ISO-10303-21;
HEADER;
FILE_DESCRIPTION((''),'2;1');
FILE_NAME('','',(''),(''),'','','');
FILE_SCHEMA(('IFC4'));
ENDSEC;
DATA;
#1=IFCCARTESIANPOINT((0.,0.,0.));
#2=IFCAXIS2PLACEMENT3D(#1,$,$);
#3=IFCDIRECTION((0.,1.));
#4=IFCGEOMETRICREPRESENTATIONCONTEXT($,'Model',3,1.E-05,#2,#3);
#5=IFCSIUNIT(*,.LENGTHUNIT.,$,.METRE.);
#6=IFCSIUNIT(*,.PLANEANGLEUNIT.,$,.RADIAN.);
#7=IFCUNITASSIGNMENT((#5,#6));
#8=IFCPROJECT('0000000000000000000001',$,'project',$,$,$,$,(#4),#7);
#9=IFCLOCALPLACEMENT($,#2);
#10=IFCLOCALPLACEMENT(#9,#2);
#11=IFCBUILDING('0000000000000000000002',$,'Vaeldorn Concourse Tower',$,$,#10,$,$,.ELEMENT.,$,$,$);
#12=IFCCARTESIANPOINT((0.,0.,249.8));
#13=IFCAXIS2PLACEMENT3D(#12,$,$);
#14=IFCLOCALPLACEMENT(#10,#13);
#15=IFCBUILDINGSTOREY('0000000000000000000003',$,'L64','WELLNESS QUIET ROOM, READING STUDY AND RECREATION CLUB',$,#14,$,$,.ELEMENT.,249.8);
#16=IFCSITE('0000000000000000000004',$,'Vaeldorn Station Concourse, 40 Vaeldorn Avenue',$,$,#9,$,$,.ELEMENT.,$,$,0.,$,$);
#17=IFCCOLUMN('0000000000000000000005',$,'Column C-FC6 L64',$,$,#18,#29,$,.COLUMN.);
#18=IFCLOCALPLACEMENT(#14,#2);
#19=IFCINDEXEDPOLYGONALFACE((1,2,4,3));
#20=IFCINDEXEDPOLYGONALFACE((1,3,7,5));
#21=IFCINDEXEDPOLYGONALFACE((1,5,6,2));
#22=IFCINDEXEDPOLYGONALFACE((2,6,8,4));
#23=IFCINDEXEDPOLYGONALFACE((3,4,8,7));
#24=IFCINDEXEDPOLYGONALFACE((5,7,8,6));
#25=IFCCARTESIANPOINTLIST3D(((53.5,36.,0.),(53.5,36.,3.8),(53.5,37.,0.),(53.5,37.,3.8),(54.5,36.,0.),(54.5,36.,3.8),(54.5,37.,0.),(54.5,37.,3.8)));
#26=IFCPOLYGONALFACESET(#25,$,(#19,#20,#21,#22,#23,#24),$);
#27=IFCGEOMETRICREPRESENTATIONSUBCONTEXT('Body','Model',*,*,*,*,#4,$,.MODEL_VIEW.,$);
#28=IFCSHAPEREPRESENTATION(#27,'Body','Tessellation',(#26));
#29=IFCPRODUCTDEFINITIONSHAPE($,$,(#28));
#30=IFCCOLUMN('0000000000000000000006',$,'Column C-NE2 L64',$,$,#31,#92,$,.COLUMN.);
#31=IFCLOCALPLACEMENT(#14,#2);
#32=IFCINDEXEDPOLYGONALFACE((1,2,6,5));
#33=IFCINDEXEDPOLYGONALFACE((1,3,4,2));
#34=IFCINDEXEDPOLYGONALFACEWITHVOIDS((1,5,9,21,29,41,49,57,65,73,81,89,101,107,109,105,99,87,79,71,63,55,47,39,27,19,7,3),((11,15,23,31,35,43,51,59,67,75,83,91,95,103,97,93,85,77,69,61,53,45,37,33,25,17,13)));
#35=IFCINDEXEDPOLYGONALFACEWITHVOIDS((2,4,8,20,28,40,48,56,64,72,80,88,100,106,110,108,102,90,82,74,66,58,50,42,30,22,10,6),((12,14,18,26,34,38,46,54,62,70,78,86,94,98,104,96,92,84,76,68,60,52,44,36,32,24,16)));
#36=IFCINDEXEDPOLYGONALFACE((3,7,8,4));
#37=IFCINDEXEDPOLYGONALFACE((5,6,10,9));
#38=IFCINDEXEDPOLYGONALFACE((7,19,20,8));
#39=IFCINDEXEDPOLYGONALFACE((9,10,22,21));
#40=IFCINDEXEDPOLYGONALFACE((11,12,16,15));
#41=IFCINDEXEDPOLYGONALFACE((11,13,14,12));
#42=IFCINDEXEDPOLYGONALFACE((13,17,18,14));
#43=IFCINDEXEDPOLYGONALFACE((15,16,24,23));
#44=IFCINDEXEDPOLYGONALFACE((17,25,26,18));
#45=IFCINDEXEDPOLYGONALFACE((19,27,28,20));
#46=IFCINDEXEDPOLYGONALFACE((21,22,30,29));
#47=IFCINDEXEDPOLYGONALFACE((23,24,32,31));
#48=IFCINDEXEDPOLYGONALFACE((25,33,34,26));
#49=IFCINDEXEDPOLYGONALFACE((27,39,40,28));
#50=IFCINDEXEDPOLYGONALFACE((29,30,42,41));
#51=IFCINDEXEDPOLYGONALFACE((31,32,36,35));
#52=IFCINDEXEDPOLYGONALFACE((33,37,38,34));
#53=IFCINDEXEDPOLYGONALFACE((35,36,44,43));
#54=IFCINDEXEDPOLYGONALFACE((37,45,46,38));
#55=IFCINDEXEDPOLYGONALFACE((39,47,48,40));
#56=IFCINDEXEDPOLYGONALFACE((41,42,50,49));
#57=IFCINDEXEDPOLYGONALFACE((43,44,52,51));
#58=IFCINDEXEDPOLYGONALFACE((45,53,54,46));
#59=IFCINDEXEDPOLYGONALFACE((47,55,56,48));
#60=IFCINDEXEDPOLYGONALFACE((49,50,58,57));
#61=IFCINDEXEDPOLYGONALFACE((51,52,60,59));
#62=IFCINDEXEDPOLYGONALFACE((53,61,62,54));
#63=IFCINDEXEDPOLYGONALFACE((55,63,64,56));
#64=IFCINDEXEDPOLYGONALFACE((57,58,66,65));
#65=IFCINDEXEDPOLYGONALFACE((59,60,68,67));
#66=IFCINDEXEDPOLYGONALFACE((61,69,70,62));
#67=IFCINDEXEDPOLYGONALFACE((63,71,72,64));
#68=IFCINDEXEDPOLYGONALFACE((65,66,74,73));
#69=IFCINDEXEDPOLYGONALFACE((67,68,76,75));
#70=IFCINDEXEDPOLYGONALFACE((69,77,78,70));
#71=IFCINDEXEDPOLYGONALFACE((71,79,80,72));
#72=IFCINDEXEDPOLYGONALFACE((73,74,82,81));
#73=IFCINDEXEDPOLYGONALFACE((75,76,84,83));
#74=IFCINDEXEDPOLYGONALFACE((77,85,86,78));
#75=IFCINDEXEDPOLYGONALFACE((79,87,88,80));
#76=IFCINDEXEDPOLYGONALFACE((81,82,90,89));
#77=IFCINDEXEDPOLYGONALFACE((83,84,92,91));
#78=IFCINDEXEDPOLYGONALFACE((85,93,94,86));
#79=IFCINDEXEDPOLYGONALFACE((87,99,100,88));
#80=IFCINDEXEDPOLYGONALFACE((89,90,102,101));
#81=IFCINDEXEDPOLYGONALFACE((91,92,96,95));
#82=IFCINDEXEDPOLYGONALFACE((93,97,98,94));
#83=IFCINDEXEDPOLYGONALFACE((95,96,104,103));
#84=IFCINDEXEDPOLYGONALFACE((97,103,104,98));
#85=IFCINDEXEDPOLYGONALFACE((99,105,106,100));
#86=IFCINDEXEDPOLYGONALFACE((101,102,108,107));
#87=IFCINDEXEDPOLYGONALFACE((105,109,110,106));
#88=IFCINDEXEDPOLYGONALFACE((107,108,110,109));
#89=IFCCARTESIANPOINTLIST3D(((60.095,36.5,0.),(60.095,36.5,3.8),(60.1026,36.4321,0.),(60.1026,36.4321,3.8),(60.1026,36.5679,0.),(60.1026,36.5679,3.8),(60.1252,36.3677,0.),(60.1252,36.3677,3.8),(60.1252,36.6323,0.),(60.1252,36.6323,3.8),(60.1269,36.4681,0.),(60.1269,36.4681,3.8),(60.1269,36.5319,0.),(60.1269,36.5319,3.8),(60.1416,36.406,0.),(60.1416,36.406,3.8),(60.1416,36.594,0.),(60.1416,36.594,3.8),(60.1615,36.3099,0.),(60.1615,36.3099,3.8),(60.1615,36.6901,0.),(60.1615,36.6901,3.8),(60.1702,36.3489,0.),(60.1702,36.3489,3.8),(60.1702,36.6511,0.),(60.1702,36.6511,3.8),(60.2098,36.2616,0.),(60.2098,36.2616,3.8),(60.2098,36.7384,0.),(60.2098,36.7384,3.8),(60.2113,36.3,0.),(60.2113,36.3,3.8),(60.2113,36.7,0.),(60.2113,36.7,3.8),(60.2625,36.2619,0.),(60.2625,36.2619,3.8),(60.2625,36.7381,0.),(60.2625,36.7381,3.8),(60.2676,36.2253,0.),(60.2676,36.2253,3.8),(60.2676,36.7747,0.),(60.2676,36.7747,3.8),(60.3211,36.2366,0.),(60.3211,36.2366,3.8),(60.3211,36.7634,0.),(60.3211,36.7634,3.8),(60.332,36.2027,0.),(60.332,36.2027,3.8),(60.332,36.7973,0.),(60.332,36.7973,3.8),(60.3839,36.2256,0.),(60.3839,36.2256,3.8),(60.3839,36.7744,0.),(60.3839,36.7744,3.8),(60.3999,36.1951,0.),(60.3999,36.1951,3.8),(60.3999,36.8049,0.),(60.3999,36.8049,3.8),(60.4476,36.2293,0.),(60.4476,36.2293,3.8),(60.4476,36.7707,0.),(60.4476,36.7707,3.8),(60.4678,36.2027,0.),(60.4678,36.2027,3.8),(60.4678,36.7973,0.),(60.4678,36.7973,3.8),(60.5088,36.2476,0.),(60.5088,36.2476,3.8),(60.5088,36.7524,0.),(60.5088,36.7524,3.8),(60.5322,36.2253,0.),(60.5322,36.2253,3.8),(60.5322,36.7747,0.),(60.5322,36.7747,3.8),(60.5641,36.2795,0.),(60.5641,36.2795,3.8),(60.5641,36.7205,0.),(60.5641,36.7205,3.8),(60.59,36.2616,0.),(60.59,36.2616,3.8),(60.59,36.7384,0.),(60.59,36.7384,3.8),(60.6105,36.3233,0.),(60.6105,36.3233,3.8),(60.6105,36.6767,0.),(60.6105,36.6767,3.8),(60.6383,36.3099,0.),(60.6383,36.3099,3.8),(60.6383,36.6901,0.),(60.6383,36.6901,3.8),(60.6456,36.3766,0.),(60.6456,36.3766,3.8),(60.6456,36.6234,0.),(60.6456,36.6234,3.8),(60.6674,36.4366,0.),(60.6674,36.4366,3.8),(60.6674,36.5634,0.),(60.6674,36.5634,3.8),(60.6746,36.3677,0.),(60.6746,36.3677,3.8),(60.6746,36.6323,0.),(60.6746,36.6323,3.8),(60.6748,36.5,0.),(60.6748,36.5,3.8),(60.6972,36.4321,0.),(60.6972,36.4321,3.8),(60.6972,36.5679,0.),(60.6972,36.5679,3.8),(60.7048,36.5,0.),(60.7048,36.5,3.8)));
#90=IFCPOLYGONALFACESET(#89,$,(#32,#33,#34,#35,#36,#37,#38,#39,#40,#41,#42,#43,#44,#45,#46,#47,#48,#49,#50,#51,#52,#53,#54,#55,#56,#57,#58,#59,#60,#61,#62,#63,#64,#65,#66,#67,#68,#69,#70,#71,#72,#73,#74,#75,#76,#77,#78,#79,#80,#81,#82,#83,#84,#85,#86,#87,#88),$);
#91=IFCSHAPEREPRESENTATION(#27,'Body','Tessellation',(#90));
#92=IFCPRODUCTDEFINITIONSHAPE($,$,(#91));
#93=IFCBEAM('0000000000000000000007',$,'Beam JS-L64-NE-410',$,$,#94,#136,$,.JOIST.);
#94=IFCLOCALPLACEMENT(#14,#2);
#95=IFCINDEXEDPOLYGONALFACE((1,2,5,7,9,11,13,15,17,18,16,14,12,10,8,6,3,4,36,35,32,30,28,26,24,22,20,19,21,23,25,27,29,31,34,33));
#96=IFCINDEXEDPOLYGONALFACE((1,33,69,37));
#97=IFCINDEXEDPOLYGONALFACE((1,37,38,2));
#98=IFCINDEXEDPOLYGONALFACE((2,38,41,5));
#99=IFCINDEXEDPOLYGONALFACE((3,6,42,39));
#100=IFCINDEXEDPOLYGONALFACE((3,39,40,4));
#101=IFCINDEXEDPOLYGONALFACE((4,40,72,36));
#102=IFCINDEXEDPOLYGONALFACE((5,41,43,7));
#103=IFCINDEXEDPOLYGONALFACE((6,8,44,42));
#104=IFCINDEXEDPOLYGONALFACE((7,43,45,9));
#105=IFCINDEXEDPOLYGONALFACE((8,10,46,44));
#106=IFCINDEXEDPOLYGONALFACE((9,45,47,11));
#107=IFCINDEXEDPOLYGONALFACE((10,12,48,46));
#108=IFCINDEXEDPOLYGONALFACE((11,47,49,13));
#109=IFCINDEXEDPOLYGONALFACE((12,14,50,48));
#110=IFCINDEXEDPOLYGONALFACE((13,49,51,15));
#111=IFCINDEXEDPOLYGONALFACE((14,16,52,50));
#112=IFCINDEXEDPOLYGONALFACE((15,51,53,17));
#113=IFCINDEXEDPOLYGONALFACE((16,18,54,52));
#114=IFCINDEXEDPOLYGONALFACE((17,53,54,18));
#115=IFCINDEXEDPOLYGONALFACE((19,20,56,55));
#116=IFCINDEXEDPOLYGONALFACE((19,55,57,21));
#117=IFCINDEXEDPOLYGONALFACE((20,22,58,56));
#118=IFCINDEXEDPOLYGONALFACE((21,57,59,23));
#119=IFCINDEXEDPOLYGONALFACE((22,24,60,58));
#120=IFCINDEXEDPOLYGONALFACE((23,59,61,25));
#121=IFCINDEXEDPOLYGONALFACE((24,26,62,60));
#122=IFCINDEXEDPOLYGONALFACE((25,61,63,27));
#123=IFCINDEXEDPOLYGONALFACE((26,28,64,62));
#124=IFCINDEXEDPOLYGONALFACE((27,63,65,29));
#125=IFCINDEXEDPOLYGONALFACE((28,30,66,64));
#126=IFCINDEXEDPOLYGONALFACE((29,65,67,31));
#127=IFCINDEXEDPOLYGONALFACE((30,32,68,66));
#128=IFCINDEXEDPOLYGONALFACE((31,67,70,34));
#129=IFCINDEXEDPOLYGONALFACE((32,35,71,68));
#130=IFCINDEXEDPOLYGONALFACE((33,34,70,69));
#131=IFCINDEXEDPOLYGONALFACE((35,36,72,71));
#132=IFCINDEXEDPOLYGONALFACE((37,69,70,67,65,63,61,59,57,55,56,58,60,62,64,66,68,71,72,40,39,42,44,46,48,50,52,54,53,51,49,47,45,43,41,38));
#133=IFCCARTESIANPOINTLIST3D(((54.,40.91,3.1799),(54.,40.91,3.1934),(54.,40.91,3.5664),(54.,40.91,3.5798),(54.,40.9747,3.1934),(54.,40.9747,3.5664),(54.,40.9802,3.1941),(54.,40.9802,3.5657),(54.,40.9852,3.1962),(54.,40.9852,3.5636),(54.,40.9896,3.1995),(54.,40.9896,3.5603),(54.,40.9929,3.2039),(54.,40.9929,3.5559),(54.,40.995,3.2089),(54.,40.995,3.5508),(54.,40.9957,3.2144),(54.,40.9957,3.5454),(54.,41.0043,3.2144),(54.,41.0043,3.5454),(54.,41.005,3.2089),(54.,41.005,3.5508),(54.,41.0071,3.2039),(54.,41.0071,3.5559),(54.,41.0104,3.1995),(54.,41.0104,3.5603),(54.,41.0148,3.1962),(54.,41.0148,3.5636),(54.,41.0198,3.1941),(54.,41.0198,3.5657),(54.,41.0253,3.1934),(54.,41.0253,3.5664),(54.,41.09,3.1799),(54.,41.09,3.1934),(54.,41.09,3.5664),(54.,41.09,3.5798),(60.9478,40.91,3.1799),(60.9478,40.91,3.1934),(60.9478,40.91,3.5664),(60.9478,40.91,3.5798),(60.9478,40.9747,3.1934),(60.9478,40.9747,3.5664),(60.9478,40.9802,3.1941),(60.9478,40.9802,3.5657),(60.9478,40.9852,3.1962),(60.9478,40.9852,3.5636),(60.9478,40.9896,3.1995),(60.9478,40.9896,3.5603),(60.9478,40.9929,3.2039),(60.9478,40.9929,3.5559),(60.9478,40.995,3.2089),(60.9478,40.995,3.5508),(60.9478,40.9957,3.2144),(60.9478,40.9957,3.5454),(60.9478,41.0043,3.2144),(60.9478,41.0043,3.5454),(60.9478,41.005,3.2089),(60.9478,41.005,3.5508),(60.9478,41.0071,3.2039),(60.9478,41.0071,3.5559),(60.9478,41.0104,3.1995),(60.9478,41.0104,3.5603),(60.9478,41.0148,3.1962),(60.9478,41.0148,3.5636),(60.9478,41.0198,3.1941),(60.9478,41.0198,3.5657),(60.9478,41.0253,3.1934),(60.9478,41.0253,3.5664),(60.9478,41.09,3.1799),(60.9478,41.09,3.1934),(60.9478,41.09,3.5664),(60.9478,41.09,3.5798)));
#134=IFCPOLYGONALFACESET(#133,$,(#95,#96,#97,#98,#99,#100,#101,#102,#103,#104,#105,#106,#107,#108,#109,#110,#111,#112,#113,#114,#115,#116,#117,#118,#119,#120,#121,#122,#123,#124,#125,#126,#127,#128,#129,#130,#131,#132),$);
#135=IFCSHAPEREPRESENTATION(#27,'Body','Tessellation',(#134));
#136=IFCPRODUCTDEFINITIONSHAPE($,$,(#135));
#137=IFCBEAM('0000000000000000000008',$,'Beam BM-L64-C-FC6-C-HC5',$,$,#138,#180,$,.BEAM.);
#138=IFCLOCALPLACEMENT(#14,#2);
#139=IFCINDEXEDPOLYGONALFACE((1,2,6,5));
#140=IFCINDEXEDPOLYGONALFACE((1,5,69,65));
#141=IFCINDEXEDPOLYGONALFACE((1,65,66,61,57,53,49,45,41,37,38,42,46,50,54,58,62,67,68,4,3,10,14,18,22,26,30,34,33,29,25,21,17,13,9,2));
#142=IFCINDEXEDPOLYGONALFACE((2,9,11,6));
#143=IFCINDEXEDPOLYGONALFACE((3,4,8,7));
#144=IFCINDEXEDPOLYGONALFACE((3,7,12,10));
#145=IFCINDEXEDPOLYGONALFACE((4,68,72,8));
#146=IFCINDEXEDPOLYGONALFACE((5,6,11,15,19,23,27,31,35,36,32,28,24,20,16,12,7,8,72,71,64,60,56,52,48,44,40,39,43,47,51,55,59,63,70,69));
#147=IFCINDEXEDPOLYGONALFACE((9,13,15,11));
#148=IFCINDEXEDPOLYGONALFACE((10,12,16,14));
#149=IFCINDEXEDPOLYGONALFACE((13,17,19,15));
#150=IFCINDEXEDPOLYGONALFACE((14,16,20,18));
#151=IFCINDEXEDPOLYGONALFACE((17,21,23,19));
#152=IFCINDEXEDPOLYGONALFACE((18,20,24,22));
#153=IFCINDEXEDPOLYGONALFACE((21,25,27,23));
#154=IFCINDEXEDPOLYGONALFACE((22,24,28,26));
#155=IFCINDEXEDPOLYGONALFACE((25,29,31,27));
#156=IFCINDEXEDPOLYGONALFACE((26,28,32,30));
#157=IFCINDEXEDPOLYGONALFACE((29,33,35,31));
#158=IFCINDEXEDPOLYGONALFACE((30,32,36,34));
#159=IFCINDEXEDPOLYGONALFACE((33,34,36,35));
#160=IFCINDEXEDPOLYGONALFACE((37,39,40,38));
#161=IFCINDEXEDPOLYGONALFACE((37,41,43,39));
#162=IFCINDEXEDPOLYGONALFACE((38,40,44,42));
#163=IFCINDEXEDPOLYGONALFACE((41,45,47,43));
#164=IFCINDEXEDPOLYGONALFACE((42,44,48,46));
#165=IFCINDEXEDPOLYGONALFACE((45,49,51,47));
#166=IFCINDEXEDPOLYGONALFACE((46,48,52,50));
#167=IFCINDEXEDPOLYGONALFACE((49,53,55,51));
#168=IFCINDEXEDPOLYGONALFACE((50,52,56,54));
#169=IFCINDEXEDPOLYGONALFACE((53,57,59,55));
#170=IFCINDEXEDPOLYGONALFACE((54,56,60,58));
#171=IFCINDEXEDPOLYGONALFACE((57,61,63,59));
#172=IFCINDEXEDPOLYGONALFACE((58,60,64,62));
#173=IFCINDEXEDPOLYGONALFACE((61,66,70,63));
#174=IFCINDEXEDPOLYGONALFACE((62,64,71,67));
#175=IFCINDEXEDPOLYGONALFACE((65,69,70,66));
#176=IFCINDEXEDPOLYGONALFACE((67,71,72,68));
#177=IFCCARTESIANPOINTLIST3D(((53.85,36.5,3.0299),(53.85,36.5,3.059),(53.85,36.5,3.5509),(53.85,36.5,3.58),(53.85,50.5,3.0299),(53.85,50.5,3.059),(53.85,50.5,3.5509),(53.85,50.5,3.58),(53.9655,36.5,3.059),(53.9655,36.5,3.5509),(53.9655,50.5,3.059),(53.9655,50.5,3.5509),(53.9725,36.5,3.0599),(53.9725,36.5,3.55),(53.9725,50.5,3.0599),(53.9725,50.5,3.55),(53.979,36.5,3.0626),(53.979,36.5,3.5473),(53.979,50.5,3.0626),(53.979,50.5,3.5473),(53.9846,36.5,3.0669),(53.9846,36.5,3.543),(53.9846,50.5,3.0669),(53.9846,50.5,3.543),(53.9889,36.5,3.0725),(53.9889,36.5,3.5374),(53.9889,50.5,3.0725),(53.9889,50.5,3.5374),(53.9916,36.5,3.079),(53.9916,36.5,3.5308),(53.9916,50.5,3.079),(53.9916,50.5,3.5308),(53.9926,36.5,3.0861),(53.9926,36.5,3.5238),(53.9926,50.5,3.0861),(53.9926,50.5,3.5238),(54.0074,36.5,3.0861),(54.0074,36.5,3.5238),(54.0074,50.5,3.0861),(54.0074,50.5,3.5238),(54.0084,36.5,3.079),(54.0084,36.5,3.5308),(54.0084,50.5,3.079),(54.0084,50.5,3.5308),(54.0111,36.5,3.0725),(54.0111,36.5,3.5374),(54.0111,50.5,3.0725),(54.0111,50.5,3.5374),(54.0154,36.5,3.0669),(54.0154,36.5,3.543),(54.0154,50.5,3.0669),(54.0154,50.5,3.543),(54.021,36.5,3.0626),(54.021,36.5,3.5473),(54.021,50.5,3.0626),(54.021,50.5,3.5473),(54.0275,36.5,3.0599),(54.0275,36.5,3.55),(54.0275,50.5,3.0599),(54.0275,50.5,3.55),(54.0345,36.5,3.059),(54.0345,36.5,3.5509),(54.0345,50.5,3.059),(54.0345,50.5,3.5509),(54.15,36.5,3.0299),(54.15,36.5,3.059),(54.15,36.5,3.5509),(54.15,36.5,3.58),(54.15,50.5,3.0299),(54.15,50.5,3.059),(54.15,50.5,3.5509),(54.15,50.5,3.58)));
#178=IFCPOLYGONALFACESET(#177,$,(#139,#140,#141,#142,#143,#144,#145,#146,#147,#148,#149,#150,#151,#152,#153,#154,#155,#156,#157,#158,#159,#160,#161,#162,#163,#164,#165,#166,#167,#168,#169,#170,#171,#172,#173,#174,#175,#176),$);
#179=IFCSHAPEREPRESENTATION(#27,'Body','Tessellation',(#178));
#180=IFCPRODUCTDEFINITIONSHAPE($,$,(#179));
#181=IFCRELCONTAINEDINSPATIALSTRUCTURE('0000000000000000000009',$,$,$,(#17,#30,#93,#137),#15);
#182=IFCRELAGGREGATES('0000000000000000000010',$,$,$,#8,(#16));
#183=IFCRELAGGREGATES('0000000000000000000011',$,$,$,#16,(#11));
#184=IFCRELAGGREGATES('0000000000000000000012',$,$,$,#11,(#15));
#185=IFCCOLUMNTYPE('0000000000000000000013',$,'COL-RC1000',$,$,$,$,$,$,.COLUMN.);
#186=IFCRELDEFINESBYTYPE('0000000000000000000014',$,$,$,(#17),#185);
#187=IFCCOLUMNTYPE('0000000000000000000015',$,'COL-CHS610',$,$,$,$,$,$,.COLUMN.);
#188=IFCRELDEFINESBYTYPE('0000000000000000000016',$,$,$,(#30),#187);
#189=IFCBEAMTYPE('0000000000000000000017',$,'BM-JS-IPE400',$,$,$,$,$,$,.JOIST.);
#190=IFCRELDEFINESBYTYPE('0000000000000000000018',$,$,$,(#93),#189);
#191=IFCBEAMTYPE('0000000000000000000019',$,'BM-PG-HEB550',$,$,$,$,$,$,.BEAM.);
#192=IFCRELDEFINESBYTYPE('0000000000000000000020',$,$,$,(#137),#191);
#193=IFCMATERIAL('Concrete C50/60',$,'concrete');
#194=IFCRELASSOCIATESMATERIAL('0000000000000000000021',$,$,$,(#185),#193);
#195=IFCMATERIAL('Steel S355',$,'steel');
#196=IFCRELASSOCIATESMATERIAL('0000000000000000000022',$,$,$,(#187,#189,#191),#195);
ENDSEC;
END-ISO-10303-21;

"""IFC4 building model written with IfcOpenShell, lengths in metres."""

from ifc_helpers import new_model, si_unit, direction, frame, origin, origin_2d, place, context, subcontext, project, spatial, rectangle, hollow_circle, i_section, extrude, source, transform, mapped, material, material_profile, profile_set, type_object, element, save


model = new_model("IFC4")

# Units and contexts
model_context = context("Model", 3, precision=1e-05, world=origin(), true_north=direction((0.0, 1.0)))
body_context = subcontext(model_context, "Body", "Model", "MODEL_VIEW")
ifc_project = project(units=[si_unit("LENGTHUNIT", "METRE"), si_unit("PLANEANGLEUNIT", "RADIAN")], contexts=[model_context])

# Site, building, storey
site_placement = place(None, origin())
site = spatial("IfcSite", under=ifc_project, at=site_placement, Name="Vaeldorn Station Concourse, 40 Vaeldorn Avenue", CompositionType="ELEMENT", RefElevation=0.0)
building_placement = place(site_placement, origin())
building = spatial("IfcBuilding", under=site, at=building_placement, Name="Vaeldorn Concourse Tower", CompositionType="ELEMENT")
storey_placement = place(building_placement, frame((0.0, 0.0, 249.8)))
storey = spatial("IfcBuildingStorey", under=building, at=storey_placement, Name="L64", Description="WELLNESS QUIET ROOM, READING STUDY AND RECREATION CLUB", CompositionType="ELEMENT", Elevation=249.8)

# Columns
ifc_material_1 = material(Name="Concrete C50/60", Category="concrete")
ifc_material_profile_1 = material_profile(ifc_material_1, rectangle(XDim=1.0, YDim=1.0, at=origin_2d()), Name="RC 1000x1000")
ifc_profile_set_1 = profile_set([ifc_material_profile_1], Name="Concrete C50/60")
column_type_1 = type_object("IfcColumnType", Name="COL-RC1000", PredefinedType="COLUMN", material=ifc_profile_set_1)
shared_shape_1 = source(origin(), body_context, "Body", "SweptSolid", [
    extrude(rectangle(XDim=1.0, YDim=1.0, at=origin_2d()), origin(), (0.0, 0.0, 1.0), 3.8),
])
column_1_placement = place(storey_placement, frame((54.0, 36.5, 0.0), z_axis=(0.0, 0.0, 1.0), x_axis=(1.0, 0.0, 0.0)))
element("IfcColumn", 1, at=column_1_placement, inside=storey, type_object=column_type_1, Name="Column C-FC6 L64", PredefinedType="COLUMN", context=body_context, shape_type="MappedRepresentation", body=[
    mapped(shared_shape_1, transform((0.0, 0.0, 0.0), scale=1.0)),
])
ifc_material_2 = material(Name="Steel S355", Category="steel")
ifc_material_profile_2 = material_profile(ifc_material_2, hollow_circle(Radius=0.3049, WallThickness=0.03, at=origin_2d()), Name="CHS 610x30")
ifc_profile_set_2 = profile_set([ifc_material_profile_2], Name="Steel S355")
column_type_2 = type_object("IfcColumnType", Name="COL-CHS610", PredefinedType="COLUMN", material=ifc_profile_set_2)
shared_shape_2 = source(origin(), body_context, "Body", "SweptSolid", [
    extrude(hollow_circle(Radius=0.3049, WallThickness=0.03, at=origin_2d()), origin(), (0.0, 0.0, 1.0), 3.8),
])
column_2_placement = place(storey_placement, frame((60.3999, 36.5, 0.0), z_axis=(0.0, 0.0, 1.0), x_axis=(1.0, 0.0, 0.0)))
element("IfcColumn", 2, at=column_2_placement, inside=storey, type_object=column_type_2, Name="Column C-NE2 L64", PredefinedType="COLUMN", context=body_context, shape_type="MappedRepresentation", body=[
    mapped(shared_shape_2, transform((0.0, 0.0, 0.0), scale=1.0)),
])

# Beams
ifc_material_profile_3 = material_profile(ifc_material_2, i_section(OverallWidth=0.1799, OverallDepth=0.3999, WebThickness=0.0085, FlangeThickness=0.0134, FilletRadius=0.021, at=origin_2d()), Name="IPE 400")
ifc_profile_set_3 = profile_set([ifc_material_profile_3], Name="Steel S355")
beam_type_1 = type_object("IfcBeamType", Name="BM-JS-IPE400", PredefinedType="JOIST", material=ifc_profile_set_3)
shared_shape_3 = source(origin(), body_context, "Body", "SweptSolid", [
    extrude(i_section(OverallWidth=0.1799, OverallDepth=0.3999, WebThickness=0.0085, FlangeThickness=0.0134, FilletRadius=0.021, at=origin_2d()), origin(), (0.0, 0.0, 1.0), 6.9478),
])
beam_1_placement = place(storey_placement, frame((54.0, 41.0, 3.3799), z_axis=(1.0, 0.0, 0.0), x_axis=(0.0, 1.0, 0.0)))
element("IfcBeam", 3, at=beam_1_placement, inside=storey, type_object=beam_type_1, Name="Beam JS-L64-NE-410", PredefinedType="JOIST", context=body_context, shape_type="MappedRepresentation", body=[
    mapped(shared_shape_3, transform((0.0, 0.0, 0.0), scale=1.0)),
])
ifc_material_profile_4 = material_profile(ifc_material_2, i_section(OverallWidth=0.3, OverallDepth=0.55, WebThickness=0.0149, FlangeThickness=0.0291, FilletRadius=0.0271, at=origin_2d()), Name="HEB 550")
ifc_profile_set_4 = profile_set([ifc_material_profile_4], Name="Steel S355")
beam_type_2 = type_object("IfcBeamType", Name="BM-PG-HEB550", PredefinedType="BEAM", material=ifc_profile_set_4)
shared_shape_4 = source(origin(), body_context, "Body", "SweptSolid", [
    extrude(i_section(OverallWidth=0.3, OverallDepth=0.55, WebThickness=0.0149, FlangeThickness=0.0291, FilletRadius=0.0271, at=origin_2d()), origin(), (0.0, 0.0, 1.0), 14.0),
])
beam_2_placement = place(storey_placement, frame((54.0, 36.5, 3.3049), z_axis=(0.0, 1.0, 0.0), x_axis=(-1.0, 0.0, 0.0)))
element("IfcBeam", 4, at=beam_2_placement, inside=storey, type_object=beam_type_2, Name="Beam BM-L64-C-FC6-C-HC5", PredefinedType="BEAM", context=body_context, shape_type="MappedRepresentation", body=[
    mapped(shared_shape_4, transform((0.0, 0.0, 0.0), scale=1.0)),
])

save(model, "model.ifc")
